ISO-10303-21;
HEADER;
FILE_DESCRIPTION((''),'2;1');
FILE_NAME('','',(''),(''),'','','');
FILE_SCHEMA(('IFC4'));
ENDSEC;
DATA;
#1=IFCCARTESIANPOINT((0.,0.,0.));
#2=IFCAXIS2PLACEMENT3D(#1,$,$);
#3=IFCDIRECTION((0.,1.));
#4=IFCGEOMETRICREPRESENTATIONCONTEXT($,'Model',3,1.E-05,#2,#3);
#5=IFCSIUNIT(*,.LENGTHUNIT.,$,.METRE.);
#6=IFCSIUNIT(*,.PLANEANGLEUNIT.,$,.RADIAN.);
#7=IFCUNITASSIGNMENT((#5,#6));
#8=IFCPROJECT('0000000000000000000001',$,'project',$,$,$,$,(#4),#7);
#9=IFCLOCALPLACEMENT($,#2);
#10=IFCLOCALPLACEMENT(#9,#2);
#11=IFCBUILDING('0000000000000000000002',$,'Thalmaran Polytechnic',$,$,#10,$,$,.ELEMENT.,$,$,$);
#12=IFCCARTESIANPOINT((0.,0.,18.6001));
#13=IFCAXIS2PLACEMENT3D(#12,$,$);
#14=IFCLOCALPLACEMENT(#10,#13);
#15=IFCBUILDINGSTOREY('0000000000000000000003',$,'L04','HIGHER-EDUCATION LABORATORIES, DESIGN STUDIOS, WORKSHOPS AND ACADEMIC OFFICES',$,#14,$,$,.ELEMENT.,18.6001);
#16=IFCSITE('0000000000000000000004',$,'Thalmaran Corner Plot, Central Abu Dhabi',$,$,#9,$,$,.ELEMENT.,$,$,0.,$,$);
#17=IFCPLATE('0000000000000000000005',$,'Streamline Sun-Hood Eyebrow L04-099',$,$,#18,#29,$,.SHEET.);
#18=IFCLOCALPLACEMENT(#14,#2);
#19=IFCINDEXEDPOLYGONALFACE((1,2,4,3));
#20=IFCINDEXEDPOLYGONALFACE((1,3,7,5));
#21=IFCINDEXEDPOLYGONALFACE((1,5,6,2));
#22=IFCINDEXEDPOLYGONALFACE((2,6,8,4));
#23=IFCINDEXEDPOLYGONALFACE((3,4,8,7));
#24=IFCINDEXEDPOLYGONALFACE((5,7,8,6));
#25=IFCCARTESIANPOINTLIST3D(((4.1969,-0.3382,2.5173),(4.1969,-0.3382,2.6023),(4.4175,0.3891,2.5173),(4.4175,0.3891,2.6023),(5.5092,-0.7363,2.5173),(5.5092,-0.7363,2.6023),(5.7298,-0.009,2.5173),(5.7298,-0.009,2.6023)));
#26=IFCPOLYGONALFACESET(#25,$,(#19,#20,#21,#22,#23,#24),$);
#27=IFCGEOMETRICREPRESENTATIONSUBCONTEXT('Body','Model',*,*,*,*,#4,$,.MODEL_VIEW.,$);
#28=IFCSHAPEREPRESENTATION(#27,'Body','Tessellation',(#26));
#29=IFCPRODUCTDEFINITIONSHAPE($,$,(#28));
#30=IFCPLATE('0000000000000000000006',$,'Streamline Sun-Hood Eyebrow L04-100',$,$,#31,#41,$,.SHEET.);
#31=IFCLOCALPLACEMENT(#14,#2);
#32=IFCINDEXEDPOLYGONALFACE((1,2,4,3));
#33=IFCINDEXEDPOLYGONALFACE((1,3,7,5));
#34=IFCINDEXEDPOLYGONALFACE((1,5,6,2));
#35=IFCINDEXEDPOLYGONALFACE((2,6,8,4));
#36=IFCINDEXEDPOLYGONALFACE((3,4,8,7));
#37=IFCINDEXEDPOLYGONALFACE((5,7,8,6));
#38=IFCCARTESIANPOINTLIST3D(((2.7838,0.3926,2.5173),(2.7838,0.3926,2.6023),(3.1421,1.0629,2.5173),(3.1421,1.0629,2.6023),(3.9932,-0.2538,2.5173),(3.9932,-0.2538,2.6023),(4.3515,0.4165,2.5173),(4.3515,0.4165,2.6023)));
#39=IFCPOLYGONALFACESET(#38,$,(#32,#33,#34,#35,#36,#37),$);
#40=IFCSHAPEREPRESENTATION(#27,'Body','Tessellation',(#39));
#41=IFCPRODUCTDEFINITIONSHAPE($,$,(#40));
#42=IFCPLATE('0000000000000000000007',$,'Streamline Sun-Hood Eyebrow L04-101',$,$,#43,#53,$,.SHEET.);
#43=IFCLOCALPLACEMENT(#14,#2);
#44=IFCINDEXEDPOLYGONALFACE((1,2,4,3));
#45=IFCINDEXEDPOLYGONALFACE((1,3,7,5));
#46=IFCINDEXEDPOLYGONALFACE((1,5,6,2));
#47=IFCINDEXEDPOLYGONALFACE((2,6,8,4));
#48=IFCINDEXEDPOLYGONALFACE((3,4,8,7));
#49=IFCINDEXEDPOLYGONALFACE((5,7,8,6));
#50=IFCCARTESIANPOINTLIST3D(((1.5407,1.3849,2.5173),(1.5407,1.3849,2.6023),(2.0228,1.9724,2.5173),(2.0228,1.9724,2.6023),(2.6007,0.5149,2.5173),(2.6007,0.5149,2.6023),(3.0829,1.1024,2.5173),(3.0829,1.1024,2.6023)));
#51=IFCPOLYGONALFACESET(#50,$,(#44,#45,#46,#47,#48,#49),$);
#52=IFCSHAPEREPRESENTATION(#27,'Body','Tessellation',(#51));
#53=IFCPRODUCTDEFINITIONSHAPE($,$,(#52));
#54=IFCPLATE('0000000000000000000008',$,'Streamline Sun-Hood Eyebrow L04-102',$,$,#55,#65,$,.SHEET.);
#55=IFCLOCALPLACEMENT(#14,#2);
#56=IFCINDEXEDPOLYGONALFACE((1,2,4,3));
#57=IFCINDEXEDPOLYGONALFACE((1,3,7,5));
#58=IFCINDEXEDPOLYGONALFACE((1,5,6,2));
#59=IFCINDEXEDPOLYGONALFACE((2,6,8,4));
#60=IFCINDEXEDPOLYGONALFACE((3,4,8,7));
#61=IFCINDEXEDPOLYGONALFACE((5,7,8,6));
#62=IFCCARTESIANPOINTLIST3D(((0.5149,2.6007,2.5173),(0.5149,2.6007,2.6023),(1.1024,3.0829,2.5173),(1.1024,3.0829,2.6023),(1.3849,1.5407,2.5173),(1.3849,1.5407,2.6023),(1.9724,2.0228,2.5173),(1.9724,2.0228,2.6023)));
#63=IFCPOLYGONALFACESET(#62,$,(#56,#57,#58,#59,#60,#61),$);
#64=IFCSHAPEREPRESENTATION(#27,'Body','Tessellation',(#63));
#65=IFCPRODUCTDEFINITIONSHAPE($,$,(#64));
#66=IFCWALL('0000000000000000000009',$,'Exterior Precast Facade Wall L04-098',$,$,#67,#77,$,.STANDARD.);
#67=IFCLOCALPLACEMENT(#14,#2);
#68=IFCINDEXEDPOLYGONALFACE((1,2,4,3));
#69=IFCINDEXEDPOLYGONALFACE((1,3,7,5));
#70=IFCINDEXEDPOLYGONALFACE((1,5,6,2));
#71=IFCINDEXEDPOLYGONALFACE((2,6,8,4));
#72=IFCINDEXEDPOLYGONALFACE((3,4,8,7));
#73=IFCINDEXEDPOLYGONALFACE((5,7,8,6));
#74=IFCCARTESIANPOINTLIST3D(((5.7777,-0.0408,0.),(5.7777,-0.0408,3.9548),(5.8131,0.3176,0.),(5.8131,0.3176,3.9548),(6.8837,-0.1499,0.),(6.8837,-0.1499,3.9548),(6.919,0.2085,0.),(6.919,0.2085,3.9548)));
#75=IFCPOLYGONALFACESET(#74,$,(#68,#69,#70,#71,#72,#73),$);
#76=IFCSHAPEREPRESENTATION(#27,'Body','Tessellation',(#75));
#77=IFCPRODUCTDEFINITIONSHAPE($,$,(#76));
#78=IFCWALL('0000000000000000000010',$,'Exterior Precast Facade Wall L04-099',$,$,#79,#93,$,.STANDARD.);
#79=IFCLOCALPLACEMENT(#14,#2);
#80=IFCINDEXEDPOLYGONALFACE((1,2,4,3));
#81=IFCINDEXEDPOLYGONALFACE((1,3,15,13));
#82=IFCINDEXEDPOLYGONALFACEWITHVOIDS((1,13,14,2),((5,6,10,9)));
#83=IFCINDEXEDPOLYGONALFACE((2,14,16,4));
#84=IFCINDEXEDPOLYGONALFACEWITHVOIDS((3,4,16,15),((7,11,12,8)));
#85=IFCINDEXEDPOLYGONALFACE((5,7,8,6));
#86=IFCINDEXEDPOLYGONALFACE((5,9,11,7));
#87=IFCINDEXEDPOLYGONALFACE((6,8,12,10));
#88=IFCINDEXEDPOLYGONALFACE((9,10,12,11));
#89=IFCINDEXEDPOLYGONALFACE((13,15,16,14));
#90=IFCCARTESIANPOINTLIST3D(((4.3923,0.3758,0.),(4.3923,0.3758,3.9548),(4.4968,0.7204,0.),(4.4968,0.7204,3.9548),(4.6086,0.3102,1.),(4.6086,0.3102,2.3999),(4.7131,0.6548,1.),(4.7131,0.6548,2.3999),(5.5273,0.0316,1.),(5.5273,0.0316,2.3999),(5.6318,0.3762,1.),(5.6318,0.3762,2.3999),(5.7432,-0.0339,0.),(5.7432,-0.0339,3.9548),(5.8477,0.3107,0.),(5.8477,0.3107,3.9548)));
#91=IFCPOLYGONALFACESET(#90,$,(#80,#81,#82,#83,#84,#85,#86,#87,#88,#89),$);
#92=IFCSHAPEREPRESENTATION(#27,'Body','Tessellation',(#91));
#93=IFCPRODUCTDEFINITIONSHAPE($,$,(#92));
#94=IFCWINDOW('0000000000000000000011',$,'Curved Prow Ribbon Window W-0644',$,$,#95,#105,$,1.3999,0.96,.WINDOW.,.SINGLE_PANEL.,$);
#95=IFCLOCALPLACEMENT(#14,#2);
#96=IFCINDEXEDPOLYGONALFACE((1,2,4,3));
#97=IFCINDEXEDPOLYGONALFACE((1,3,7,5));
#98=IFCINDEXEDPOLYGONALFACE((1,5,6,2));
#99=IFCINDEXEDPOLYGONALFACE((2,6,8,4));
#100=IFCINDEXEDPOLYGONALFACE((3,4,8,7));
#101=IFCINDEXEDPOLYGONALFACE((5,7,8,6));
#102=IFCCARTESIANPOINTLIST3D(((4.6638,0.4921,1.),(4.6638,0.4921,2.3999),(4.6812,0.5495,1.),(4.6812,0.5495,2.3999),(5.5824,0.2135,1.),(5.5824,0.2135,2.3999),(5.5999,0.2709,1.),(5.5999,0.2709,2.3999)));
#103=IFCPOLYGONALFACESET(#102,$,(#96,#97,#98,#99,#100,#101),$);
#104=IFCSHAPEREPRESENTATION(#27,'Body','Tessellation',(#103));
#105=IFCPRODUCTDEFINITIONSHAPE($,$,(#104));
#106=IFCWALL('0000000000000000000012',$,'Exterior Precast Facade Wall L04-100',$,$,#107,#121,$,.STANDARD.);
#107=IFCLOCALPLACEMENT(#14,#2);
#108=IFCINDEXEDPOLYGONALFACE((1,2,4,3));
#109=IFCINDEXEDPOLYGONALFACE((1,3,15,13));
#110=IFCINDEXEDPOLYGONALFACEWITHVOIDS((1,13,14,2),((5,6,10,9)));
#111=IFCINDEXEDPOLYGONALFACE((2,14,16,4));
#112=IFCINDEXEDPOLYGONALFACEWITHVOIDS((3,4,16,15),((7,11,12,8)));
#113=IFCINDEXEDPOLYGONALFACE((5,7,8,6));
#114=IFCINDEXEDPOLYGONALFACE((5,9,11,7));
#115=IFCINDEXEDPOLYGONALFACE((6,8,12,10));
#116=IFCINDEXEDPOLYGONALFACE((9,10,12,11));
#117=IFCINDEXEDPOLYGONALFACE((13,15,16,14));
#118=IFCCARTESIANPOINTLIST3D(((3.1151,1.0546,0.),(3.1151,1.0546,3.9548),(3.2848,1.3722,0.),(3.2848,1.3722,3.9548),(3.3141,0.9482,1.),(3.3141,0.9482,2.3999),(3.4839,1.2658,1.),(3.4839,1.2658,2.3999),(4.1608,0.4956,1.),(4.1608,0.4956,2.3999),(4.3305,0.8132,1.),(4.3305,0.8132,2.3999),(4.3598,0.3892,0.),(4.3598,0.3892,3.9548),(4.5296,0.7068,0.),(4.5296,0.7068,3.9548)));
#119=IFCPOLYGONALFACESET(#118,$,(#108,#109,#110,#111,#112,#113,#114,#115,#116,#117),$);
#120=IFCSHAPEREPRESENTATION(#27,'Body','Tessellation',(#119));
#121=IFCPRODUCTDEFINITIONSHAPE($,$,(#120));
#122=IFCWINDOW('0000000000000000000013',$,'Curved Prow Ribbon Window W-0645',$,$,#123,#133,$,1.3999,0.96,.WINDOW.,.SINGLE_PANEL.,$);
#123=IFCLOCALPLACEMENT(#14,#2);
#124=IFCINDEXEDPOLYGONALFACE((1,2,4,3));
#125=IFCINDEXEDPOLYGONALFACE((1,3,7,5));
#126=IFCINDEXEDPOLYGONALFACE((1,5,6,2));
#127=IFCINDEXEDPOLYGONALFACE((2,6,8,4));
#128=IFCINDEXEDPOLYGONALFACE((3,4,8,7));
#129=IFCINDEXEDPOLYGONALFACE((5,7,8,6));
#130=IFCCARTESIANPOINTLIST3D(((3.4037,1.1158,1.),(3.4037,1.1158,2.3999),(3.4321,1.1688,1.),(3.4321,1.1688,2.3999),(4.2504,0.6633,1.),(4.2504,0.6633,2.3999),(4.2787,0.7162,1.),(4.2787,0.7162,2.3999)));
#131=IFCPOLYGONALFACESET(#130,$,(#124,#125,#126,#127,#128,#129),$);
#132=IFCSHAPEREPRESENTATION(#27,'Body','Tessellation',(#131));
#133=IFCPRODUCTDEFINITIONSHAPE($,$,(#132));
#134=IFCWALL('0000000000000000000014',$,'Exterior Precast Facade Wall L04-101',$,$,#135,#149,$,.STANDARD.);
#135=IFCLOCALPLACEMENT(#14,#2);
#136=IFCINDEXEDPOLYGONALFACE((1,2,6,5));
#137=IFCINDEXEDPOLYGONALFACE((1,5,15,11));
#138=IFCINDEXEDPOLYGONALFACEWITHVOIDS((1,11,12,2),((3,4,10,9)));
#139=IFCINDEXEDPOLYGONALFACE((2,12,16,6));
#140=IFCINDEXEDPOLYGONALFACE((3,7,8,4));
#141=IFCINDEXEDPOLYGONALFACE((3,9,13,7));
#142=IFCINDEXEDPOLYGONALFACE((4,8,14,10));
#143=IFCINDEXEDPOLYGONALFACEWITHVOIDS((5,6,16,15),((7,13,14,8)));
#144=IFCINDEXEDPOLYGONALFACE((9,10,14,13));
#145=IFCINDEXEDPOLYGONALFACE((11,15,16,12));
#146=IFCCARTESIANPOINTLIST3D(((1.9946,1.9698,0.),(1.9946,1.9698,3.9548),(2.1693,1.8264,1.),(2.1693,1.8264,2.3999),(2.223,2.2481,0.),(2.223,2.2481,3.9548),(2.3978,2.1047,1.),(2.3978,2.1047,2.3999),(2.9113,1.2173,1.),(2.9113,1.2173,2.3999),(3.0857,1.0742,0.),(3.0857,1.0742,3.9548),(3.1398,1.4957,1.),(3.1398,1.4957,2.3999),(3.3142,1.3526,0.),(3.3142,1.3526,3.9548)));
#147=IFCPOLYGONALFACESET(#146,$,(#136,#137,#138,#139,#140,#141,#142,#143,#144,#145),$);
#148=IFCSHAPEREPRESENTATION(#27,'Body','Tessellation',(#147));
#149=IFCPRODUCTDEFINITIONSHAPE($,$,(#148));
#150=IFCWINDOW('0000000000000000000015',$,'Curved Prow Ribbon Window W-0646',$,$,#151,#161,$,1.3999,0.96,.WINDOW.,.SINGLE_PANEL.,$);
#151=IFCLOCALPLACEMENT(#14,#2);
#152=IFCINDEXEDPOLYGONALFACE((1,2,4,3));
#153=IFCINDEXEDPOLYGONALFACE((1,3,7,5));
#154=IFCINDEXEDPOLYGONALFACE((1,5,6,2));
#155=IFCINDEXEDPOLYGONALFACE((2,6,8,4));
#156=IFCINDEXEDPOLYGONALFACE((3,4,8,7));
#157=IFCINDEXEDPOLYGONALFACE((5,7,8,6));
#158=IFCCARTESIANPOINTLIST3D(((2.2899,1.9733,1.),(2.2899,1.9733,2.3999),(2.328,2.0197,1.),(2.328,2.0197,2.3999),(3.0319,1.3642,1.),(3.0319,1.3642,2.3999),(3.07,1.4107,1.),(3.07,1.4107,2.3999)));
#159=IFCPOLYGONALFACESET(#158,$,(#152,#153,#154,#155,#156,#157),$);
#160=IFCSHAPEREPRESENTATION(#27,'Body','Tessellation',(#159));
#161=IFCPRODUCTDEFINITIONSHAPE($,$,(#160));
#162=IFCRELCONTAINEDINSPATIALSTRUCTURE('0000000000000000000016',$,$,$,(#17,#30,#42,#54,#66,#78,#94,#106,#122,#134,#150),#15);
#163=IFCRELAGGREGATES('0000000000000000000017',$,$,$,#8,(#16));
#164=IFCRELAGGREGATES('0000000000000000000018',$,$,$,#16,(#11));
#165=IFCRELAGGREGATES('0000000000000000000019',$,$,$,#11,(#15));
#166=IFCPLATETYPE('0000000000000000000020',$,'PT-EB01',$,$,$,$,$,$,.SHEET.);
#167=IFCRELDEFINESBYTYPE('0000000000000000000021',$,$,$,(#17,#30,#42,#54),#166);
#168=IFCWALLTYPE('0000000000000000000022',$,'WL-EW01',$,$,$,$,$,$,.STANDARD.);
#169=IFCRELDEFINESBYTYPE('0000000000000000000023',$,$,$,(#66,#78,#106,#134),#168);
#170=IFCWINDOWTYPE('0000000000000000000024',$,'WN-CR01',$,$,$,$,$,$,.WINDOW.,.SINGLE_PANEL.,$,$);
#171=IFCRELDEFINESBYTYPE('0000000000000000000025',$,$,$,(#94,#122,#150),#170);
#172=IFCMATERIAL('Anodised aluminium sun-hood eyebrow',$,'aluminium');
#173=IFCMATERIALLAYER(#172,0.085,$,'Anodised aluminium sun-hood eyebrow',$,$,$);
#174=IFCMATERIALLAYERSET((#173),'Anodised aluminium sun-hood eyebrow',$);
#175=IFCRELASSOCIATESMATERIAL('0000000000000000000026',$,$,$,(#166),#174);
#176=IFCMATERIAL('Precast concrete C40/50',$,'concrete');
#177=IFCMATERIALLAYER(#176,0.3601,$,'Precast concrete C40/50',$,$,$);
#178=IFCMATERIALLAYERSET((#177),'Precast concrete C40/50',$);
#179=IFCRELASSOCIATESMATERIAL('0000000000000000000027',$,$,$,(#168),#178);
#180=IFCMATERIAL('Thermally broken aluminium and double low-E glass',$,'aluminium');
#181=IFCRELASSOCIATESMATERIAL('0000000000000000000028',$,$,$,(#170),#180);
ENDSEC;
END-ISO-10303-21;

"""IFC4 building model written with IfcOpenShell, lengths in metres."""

from ifc_helpers import new_model, si_unit, direction, frame, frame_2d, origin, origin_2d, place, context, subcontext, project, spatial, rectangle, extrude, material, layer, layer_set, type_object, element, fill, save


model = new_model("IFC4")

# Units and contexts
model_context = context("Model", 3, precision=1e-05, world=origin(), true_north=direction((0.0, 1.0)))
body_context = subcontext(model_context, "Body", "Model", "MODEL_VIEW")
ifc_project = project(units=[si_unit("LENGTHUNIT", "METRE"), si_unit("PLANEANGLEUNIT", "RADIAN")], contexts=[model_context])

# Site, building, storey
site_placement = place(None, origin())
site = spatial("IfcSite", under=ifc_project, at=site_placement, Name="Thalmaran Corner Plot, Central Abu Dhabi", CompositionType="ELEMENT", RefElevation=0.0)
building_placement = place(site_placement, origin())
building = spatial("IfcBuilding", under=site, at=building_placement, Name="Thalmaran Polytechnic", CompositionType="ELEMENT")
storey_placement = place(building_placement, frame((0.0, 0.0, 18.6001)))
storey = spatial("IfcBuildingStorey", under=building, at=storey_placement, Name="L04", Description="HIGHER-EDUCATION LABORATORIES, DESIGN STUDIOS, WORKSHOPS AND ACADEMIC OFFICES", CompositionType="ELEMENT", Elevation=18.6001)

# Plates
ifc_material_1 = material(Name="Anodised aluminium sun-hood eyebrow", Category="aluminium")
ifc_layer_1 = layer(ifc_material_1, 0.085, Name="Anodised aluminium sun-hood eyebrow")
ifc_layer_set_1 = layer_set([ifc_layer_1], Name="Anodised aluminium sun-hood eyebrow")
plate_type_1 = type_object("IfcPlateType", Name="PT-EB01", PredefinedType="SHEET", material=ifc_layer_set_1)
for number, where, z_axis, x_axis, name in (
    (1, (4.9634, -0.1736, 2.5173), (0.0, 0.0, 1.0), (-0.95694, 0.290285, 0.0), "Streamline Sun-Hood Eyebrow L04-099"),
    (2, (3.5676, 0.4045, 2.5173), (0.0, 0.0, 1.0), (-0.881921, 0.471397, 0.0), "Streamline Sun-Hood Eyebrow L04-100"),
    (3, (2.3118, 1.2437, 2.5173), (0.0, 0.0, 1.0), (-0.77301, 0.634393, 0.0), "Streamline Sun-Hood Eyebrow L04-101"),
    (4, (1.2437, 2.3118, 2.5173), (0.0, 0.0, 1.0), (-0.634393, 0.77301, 0.0), "Streamline Sun-Hood Eyebrow L04-102"),
):
    element("IfcPlate", number, at=place(storey_placement, frame(where, z_axis=z_axis, x_axis=x_axis)), inside=storey, type_object=plate_type_1, Name=name, PredefinedType="SHEET", context=body_context, shape_type="SweptSolid", body=[
        extrude(rectangle(XDim=1.3713, YDim=0.76, at=origin_2d()), origin(), (0.0, 0.0, 1.0), 0.085),
    ])

# Wall
ifc_material_2 = material(Name="Precast concrete C40/50", Category="concrete")
ifc_layer_2 = layer(ifc_material_2, 0.3601, Name="Precast concrete C40/50")
ifc_layer_set_2 = layer_set([ifc_layer_2], Name="Precast concrete C40/50")
wall_type = type_object("IfcWallType", Name="WL-EW01", PredefinedType="STANDARD", material=ifc_layer_set_2)
wall_1_placement = place(storey_placement, frame((6.9014, 0.0293, 0.0), z_axis=(0.0, 0.0, 1.0), x_axis=(-0.995167, 0.098199, 0.0)))
element("IfcWall", 5, at=wall_1_placement, inside=storey, type_object=wall_type, Name="Exterior Precast Facade Wall L04-098", PredefinedType="STANDARD", context=body_context, shape_type="SweptSolid", body=[
    extrude(rectangle(XDim=1.1113, YDim=0.3601, at=frame_2d((0.5557, 0.0))), origin(), (0.0, 0.0, 1.0), 3.9548),
])

# Walls, openings, windows
wall_2_placement = place(storey_placement, frame((5.7954, 0.1384, 0.0), z_axis=(0.0, 0.0, 1.0), x_axis=(-0.95696, 0.290219, 0.0)))
wall_2 = element("IfcWall", 6, at=wall_2_placement, inside=storey, type_object=wall_type, Name="Exterior Precast Facade Wall L04-099", PredefinedType="STANDARD", context=body_context, shape_type="SweptSolid", body=[
    extrude(rectangle(XDim=1.4116, YDim=0.3601, at=frame_2d((0.7058, 0.0))), origin(), (0.0, 0.0, 1.0), 3.9548),
])
opening_1_placement = place(wall_2_placement, frame((0.2256, 0.0, 1.0)))
opening_1 = element("IfcOpeningElement", 7, at=opening_1_placement, cuts=wall_2, PredefinedType="OPENING", context=body_context, shape_type="SweptSolid", body=[
    extrude(rectangle(XDim=0.96, YDim=1.3999, at=frame_2d((0.48, 0.7))), frame((0.0, 0.1899, 0.0), z_axis=(0.0, -1.0, 0.0), x_axis=(1.0, 0.0, 0.0)), (0.0, 0.0, 1.0), 0.3801),
])
ifc_material_3 = material(Name="Thermally broken aluminium and double low-E glass", Category="aluminium")
window_type = type_object("IfcWindowType", Name="WN-CR01", PartitioningType="SINGLE_PANEL", PredefinedType="WINDOW", material=ifc_material_3)
window_1_placement = place(opening_1_placement, origin())
window_1 = element("IfcWindow", 8, at=window_1_placement, inside=storey, type_object=window_type, Name="Curved Prow Ribbon Window W-0644", OverallHeight=1.3999, OverallWidth=0.96, PartitioningType="SINGLE_PANEL", PredefinedType="WINDOW", context=body_context, shape_type="SweptSolid", body=[
    extrude(rectangle(XDim=0.96, YDim=1.3999, at=frame_2d((0.48, 0.7))), frame((0.0, -0.01, 0.0), z_axis=(0.0, -1.0, 0.0), x_axis=(1.0, 0.0, 0.0)), (0.0, 0.0, 1.0), 0.0601),
])
fill(opening_1, window_1)
wall_3_placement = place(storey_placement, frame((4.4446, 0.5481, 0.0), z_axis=(0.0, 0.0, 1.0), x_axis=(-0.881917, 0.471405, 0.0)))
wall_3 = element("IfcWall", 9, at=wall_3_placement, inside=storey, type_object=wall_type, Name="Exterior Precast Facade Wall L04-100", PredefinedType="STANDARD", context=body_context, shape_type="SweptSolid", body=[
    extrude(rectangle(XDim=1.4114, YDim=0.3601, at=frame_2d((0.7056, 0.0))), origin(), (0.0, 0.0, 1.0), 3.9548),
])
opening_2_placement = place(wall_3_placement, frame((0.2256, 0.0, 1.0)))
opening_2 = element("IfcOpeningElement", 10, at=opening_2_placement, cuts=wall_3, PredefinedType="OPENING", context=body_context, shape_type="SweptSolid", body=[
    extrude(rectangle(XDim=0.96, YDim=1.3999, at=frame_2d((0.48, 0.7))), frame((0.0, 0.1899, 0.0), z_axis=(0.0, -1.0, 0.0), x_axis=(1.0, 0.0, 0.0)), (0.0, 0.0, 1.0), 0.3801),
])
window_2_placement = place(opening_2_placement, origin())
window_2 = element("IfcWindow", 11, at=window_2_placement, inside=storey, type_object=window_type, Name="Curved Prow Ribbon Window W-0645", OverallHeight=1.3999, OverallWidth=0.96, PartitioningType="SINGLE_PANEL", PredefinedType="WINDOW", context=body_context, shape_type="SweptSolid", body=[
    extrude(rectangle(XDim=0.96, YDim=1.3999, at=frame_2d((0.48, 0.7))), frame((0.0, -0.01, 0.0), z_axis=(0.0, -1.0, 0.0), x_axis=(1.0, 0.0, 0.0)), (0.0, 0.0, 1.0), 0.0601),
])
fill(opening_2, window_2)
wall_4_placement = place(storey_placement, frame((3.2, 1.2134, 0.0), z_axis=(0.0, 0.0, 1.0), x_axis=(-0.772978, 0.634433, 0.0)))
wall_4 = element("IfcWall", 12, at=wall_4_placement, inside=storey, type_object=wall_type, Name="Exterior Precast Facade Wall L04-101", PredefinedType="STANDARD", context=body_context, shape_type="SweptSolid", body=[
    extrude(rectangle(XDim=1.4116, YDim=0.3601, at=frame_2d((0.7058, 0.0))), origin(), (0.0, 0.0, 1.0), 3.9548),
])
opening_3_placement = place(wall_4_placement, frame((0.2256, 0.0, 1.0)))
opening_3 = element("IfcOpeningElement", 13, at=opening_3_placement, cuts=wall_4, PredefinedType="OPENING", context=body_context, shape_type="SweptSolid", body=[
    extrude(rectangle(XDim=0.96, YDim=1.3999, at=frame_2d((0.48, 0.7))), frame((0.0, 0.1899, 0.0), z_axis=(0.0, -1.0, 0.0), x_axis=(1.0, 0.0, 0.0)), (0.0, 0.0, 1.0), 0.3801),
])
window_3_placement = place(opening_3_placement, origin())
window_3 = element("IfcWindow", 14, at=window_3_placement, inside=storey, type_object=window_type, Name="Curved Prow Ribbon Window W-0646", OverallHeight=1.3999, OverallWidth=0.96, PartitioningType="SINGLE_PANEL", PredefinedType="WINDOW", context=body_context, shape_type="SweptSolid", body=[
    extrude(rectangle(XDim=0.96, YDim=1.3999, at=frame_2d((0.48, 0.7))), frame((0.0, -0.01, 0.0), z_axis=(0.0, -1.0, 0.0), x_axis=(1.0, 0.0, 0.0)), (0.0, 0.0, 1.0), 0.0601),
])
fill(opening_3, window_3)

save(model, "model.ifc")
